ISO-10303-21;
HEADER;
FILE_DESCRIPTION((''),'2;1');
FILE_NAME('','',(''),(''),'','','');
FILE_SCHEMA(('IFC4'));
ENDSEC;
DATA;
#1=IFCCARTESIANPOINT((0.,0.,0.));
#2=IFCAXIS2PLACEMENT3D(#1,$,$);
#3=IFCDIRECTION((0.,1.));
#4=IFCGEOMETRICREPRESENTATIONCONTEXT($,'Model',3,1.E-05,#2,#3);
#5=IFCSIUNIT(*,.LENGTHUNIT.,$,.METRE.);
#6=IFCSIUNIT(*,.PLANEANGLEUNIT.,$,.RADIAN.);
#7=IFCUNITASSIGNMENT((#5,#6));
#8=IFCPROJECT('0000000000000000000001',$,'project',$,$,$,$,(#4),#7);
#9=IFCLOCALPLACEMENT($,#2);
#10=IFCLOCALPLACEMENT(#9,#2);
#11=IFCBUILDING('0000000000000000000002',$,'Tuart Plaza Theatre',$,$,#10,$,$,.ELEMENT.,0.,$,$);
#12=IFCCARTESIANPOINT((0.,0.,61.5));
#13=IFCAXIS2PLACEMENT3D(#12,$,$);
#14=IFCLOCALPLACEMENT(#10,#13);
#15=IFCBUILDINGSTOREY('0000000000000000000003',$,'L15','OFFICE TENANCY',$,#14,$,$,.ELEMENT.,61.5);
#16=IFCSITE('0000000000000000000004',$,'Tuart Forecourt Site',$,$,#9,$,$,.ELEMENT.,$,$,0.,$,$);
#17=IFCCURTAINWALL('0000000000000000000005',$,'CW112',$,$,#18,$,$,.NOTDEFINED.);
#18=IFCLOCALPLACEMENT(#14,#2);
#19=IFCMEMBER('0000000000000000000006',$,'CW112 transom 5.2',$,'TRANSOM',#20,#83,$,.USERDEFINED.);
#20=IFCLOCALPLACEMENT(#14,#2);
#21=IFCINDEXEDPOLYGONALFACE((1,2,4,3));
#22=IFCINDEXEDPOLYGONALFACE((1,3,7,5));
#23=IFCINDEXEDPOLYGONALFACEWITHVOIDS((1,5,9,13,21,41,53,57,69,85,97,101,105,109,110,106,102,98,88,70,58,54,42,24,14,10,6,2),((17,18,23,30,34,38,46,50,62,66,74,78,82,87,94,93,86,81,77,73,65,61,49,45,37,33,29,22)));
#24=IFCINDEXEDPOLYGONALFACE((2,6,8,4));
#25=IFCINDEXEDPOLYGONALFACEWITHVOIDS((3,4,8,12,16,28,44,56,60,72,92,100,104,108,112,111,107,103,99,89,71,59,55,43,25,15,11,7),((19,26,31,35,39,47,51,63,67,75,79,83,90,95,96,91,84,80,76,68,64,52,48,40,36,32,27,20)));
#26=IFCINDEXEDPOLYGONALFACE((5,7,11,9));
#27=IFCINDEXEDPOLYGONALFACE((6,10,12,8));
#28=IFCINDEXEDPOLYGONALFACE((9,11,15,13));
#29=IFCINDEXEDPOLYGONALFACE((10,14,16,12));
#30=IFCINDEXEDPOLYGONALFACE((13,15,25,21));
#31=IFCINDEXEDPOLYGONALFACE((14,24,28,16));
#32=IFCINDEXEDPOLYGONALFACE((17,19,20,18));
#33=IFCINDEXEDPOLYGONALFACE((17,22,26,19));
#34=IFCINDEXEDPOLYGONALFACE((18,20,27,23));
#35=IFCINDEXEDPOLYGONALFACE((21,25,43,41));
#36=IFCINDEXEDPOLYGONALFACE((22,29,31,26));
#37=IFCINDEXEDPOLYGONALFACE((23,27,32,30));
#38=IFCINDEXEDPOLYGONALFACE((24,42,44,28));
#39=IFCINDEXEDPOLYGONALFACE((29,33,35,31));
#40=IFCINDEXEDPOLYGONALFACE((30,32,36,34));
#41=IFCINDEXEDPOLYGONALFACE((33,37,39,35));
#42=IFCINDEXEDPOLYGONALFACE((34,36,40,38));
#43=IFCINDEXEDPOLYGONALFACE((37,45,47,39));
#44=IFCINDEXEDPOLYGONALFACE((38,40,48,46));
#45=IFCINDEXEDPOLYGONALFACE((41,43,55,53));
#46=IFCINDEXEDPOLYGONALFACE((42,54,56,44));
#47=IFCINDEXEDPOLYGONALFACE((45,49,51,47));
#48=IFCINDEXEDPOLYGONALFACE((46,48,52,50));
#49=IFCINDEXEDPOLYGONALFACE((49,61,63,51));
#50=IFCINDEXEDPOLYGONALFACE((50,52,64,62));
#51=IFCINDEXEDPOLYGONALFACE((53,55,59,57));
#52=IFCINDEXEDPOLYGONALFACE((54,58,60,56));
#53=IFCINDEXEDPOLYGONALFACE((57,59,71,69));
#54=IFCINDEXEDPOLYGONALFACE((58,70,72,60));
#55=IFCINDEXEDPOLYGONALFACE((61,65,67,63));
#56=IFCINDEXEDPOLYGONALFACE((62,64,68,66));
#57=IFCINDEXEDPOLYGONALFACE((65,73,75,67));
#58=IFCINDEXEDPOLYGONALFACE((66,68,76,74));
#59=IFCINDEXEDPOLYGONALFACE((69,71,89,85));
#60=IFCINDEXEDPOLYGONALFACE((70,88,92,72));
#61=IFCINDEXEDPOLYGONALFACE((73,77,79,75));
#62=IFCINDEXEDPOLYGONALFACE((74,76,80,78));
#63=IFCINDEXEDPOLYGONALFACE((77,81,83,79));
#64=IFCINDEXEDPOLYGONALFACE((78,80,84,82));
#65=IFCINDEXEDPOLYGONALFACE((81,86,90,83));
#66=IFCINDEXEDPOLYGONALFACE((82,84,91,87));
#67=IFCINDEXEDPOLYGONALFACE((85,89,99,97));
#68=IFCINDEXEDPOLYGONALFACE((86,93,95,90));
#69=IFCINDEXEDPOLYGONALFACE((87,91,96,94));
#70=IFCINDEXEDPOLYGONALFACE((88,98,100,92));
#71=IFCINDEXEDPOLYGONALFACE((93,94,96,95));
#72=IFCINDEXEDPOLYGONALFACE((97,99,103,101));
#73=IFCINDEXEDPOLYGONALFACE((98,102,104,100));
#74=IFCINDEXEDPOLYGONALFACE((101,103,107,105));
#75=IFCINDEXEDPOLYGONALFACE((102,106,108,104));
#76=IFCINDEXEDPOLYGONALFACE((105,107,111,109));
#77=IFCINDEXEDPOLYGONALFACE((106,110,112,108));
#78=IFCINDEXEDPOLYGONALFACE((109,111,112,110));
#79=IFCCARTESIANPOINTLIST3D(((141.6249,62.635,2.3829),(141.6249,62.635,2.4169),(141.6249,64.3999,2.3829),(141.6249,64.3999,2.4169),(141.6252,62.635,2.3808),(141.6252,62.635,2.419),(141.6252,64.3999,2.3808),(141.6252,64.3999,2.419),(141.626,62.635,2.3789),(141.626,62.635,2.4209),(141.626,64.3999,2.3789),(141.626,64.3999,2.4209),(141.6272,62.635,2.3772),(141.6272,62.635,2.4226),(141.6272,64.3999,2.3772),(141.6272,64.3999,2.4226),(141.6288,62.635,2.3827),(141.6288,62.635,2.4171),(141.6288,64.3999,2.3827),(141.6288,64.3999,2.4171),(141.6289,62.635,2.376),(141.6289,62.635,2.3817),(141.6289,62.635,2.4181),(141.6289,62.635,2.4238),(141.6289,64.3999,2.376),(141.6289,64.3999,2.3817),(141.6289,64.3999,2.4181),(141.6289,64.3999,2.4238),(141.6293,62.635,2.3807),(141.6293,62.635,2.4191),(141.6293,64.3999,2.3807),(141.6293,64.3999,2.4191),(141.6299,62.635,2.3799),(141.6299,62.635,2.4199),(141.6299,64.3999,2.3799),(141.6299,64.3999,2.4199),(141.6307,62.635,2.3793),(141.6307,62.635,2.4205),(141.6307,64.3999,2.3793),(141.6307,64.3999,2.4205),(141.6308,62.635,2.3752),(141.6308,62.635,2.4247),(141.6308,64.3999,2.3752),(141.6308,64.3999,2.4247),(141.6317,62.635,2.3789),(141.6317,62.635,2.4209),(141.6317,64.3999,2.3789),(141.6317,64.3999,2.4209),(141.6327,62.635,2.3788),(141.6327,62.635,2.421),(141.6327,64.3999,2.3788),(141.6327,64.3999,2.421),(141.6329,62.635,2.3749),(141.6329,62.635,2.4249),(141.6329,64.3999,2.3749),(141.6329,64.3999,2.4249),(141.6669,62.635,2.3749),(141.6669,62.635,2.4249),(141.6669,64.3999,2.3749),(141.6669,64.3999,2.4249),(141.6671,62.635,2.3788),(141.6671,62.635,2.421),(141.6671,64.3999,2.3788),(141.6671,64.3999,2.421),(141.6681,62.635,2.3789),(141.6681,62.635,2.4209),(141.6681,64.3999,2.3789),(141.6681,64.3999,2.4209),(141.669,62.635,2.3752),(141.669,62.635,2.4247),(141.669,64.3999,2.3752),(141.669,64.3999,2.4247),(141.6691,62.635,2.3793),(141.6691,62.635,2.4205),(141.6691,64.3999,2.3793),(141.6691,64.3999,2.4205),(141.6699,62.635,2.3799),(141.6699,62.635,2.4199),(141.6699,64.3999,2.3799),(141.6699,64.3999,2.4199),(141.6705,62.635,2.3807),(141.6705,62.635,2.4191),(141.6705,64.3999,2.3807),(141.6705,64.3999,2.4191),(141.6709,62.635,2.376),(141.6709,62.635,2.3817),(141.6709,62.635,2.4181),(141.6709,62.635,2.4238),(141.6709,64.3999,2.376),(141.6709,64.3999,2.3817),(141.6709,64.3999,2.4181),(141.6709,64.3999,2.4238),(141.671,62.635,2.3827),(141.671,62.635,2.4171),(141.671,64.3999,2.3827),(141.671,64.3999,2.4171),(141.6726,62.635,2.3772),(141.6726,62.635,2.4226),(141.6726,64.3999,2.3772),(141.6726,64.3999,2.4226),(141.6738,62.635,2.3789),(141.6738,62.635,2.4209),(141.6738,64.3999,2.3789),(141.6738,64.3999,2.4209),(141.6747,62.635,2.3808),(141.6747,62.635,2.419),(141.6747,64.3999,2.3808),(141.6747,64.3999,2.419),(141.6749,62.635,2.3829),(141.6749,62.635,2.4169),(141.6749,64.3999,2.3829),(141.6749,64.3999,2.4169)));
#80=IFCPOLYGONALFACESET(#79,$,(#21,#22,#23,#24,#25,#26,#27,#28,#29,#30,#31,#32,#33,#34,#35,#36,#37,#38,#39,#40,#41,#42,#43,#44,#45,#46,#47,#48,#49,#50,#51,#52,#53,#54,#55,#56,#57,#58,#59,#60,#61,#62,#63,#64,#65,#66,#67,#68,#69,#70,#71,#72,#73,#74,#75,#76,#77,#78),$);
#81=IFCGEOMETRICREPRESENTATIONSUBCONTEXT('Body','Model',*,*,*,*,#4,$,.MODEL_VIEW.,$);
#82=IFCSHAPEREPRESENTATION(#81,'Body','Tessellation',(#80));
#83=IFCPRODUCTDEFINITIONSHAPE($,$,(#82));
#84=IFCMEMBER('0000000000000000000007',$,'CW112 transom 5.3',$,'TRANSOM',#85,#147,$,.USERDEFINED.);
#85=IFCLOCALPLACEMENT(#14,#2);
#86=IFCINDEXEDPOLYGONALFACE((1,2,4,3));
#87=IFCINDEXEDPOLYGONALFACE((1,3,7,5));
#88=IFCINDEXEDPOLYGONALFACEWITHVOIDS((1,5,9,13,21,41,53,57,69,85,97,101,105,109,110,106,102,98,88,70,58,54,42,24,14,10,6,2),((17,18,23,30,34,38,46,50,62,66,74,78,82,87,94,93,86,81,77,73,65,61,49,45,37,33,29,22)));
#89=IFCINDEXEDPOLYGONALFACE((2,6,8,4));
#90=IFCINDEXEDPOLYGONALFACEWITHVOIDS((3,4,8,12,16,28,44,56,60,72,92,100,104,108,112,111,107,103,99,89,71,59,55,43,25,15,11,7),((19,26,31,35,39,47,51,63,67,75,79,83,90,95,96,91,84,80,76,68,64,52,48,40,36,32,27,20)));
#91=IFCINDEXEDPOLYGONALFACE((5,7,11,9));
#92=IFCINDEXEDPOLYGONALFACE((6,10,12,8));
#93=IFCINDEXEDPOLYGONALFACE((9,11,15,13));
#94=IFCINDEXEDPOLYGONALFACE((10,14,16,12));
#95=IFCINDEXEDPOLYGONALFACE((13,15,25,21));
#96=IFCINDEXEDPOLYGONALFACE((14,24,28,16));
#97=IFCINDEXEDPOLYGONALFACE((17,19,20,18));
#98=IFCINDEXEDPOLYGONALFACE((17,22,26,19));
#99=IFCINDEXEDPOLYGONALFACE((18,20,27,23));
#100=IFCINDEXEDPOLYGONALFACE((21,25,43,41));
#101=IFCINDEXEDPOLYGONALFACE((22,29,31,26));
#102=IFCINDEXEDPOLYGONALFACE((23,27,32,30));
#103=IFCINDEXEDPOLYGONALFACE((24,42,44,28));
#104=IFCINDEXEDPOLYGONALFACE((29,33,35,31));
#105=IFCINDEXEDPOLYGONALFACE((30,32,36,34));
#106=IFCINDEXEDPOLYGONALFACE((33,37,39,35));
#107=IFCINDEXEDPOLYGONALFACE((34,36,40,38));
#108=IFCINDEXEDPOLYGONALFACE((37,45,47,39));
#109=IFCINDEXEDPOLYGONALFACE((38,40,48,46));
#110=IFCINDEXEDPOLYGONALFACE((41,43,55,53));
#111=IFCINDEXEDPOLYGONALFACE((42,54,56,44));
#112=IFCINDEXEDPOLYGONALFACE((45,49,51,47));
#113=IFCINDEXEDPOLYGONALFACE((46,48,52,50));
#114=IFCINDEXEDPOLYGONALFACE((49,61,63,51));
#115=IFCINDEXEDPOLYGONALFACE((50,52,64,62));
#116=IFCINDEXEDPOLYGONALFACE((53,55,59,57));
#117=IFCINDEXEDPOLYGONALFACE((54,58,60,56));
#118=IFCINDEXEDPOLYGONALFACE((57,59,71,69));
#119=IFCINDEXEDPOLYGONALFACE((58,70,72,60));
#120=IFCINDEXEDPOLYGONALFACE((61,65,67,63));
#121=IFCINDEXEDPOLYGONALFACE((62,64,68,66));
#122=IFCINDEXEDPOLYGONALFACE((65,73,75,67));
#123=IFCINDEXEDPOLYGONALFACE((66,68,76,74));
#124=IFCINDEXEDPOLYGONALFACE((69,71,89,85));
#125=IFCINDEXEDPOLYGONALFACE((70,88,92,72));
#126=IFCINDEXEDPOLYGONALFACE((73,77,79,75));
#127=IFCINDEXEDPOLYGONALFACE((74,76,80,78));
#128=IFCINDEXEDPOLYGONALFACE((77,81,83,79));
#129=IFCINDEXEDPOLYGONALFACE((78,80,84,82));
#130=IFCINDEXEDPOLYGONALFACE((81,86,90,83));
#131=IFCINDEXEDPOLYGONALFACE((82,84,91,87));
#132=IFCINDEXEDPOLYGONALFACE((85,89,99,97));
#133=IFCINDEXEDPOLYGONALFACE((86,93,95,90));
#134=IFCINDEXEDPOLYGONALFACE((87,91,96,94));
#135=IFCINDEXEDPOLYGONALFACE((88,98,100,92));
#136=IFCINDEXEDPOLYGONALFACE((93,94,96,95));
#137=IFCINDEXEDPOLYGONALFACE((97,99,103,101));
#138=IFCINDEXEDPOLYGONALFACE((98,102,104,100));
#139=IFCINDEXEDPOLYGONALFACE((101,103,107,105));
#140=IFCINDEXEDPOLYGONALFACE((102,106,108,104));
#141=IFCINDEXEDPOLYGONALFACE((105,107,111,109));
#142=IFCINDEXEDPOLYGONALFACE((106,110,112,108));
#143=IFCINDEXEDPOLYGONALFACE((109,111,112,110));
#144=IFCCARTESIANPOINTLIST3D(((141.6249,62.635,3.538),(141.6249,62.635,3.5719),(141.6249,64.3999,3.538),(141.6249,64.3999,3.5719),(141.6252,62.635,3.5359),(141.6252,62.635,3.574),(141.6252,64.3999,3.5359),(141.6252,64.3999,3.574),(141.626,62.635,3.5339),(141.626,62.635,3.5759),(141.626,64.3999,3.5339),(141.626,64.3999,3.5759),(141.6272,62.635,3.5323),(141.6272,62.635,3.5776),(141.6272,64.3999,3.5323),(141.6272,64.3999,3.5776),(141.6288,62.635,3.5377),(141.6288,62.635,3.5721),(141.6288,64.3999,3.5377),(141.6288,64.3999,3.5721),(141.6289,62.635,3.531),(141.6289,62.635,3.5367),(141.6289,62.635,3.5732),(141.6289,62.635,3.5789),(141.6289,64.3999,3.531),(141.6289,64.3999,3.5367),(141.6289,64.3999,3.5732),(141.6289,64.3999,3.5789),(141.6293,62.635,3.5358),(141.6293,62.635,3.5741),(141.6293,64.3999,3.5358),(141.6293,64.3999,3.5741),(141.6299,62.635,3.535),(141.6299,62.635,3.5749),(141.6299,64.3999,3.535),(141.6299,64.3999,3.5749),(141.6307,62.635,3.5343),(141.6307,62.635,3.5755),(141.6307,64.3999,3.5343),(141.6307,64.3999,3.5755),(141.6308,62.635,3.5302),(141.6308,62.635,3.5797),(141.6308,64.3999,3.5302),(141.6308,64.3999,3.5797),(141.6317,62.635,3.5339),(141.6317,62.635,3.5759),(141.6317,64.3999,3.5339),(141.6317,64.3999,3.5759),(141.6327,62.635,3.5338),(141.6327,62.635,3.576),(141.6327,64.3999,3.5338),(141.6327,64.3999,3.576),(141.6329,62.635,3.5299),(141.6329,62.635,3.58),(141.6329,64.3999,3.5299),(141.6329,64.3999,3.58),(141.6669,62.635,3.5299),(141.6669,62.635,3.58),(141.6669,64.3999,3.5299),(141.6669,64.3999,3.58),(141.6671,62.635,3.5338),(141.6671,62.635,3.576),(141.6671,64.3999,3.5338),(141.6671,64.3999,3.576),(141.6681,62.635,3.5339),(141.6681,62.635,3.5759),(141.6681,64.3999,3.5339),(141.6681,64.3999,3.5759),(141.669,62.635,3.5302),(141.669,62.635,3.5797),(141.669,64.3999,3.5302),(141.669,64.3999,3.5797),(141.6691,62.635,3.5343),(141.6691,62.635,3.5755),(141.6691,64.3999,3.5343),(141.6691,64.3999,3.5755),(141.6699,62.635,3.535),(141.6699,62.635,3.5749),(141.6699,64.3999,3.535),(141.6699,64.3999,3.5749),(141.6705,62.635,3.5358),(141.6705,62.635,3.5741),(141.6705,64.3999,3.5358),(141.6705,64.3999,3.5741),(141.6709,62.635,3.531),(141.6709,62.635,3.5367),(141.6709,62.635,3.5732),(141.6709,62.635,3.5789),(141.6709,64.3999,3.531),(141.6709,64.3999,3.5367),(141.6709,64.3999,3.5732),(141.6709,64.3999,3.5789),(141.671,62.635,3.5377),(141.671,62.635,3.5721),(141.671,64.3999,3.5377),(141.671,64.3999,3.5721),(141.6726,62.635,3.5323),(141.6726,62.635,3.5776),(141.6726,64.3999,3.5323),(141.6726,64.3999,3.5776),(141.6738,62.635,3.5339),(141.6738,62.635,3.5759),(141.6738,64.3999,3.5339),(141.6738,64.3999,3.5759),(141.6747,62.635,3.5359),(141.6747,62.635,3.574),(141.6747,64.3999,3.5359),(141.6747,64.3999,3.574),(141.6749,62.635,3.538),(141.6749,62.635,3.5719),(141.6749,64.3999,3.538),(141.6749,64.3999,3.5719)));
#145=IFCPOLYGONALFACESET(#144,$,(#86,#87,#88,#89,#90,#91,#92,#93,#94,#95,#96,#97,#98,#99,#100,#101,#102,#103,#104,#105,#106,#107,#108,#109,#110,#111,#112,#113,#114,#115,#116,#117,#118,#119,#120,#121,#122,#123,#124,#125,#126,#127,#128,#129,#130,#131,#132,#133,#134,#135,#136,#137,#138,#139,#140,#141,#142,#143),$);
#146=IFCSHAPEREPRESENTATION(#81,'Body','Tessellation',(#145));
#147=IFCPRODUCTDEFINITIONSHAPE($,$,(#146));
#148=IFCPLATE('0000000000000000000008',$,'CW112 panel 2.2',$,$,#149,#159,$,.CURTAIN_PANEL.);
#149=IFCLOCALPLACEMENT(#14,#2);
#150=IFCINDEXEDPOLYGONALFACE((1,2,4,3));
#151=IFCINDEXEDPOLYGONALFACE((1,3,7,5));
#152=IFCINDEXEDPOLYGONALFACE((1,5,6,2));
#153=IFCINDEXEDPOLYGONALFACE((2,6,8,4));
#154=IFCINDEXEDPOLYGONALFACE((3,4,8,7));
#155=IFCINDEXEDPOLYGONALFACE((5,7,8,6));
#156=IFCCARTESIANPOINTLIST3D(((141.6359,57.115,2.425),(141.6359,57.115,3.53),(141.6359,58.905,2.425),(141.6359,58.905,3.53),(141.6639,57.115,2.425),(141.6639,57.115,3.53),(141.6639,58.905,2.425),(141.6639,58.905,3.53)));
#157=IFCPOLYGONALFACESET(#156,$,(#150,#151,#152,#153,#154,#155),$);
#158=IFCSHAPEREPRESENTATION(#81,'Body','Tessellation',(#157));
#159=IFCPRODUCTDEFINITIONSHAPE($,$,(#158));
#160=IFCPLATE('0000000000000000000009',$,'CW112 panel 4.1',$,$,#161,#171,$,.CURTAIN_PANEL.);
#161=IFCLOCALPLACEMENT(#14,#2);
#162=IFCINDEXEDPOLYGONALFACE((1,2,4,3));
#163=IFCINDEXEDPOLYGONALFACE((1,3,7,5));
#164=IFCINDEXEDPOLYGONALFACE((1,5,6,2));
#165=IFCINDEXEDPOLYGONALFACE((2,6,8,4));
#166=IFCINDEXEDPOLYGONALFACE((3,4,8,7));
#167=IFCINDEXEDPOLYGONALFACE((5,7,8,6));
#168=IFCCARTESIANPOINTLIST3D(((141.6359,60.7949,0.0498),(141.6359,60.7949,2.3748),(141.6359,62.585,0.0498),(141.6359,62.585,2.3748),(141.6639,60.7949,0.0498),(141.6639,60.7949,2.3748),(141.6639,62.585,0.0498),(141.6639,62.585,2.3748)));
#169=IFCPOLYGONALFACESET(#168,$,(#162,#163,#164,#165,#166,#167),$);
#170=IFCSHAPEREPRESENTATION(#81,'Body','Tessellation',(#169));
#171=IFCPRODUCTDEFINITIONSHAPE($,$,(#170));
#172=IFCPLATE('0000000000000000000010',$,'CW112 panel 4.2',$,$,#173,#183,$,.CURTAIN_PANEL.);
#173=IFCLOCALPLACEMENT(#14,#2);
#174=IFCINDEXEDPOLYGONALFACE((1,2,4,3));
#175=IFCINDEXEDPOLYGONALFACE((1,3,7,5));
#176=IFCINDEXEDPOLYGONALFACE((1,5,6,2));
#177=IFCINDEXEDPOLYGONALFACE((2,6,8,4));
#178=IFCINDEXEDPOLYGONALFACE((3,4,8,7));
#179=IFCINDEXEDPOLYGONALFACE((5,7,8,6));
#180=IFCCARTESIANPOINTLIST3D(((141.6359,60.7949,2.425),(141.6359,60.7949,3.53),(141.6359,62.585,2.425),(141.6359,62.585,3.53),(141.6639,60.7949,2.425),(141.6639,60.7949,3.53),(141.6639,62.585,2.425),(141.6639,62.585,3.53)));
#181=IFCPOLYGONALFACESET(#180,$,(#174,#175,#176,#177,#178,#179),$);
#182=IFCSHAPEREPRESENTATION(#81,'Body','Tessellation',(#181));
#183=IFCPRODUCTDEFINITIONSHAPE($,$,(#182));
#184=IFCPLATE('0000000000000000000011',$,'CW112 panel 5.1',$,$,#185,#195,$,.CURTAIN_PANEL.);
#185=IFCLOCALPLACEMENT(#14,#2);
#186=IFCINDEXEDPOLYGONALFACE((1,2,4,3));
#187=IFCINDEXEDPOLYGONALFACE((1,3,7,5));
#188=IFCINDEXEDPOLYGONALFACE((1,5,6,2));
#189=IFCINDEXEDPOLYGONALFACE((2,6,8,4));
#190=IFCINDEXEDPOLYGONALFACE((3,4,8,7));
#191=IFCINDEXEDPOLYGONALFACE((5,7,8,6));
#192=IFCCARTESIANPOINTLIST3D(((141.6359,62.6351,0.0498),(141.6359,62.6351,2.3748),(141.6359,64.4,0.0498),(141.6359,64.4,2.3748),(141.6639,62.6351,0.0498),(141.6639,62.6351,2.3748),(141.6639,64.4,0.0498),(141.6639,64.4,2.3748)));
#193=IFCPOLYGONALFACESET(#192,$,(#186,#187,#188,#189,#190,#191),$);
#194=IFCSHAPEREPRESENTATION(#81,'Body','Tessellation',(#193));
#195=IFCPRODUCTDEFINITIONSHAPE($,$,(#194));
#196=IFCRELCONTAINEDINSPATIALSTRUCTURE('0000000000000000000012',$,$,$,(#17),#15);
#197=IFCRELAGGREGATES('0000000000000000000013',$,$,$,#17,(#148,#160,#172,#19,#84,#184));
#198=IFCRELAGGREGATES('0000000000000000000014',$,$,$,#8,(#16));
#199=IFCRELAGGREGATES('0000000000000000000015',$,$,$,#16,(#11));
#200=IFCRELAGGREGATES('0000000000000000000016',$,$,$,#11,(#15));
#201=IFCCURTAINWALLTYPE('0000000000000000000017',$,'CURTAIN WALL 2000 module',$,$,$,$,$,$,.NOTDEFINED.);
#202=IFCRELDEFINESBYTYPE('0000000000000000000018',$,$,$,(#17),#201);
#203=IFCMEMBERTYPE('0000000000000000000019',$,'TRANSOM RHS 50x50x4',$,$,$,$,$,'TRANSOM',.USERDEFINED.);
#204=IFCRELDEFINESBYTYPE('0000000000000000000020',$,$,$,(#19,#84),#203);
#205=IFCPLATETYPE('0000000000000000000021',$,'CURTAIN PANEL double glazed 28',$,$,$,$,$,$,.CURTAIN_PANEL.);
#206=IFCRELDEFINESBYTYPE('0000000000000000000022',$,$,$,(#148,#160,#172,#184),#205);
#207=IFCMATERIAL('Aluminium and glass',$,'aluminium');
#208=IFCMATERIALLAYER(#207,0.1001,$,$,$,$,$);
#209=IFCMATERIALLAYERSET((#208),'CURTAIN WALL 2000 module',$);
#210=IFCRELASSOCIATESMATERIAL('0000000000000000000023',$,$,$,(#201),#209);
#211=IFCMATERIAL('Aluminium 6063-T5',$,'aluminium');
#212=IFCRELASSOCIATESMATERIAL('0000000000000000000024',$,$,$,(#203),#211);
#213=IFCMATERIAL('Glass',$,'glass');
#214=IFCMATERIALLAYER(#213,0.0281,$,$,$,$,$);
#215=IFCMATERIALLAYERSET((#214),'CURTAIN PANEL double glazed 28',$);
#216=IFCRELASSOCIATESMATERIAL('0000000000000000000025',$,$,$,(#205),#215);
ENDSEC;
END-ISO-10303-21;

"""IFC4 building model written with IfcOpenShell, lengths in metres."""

from ifc_helpers import new_model, si_unit, direction, frame, origin, origin_2d, place, context, subcontext, project, spatial, rectangle, hollow_rectangle, extrude, material, layer, layer_set, material_profile, profile_set, type_object, element, aggregate, save


model = new_model("IFC4")

# Units and contexts
model_context = context("Model", 3, precision=1e-05, world=origin(), true_north=direction((0.0, 1.0)))
body_context = subcontext(model_context, "Body", "Model", "MODEL_VIEW")
ifc_project = project(units=[si_unit("LENGTHUNIT", "METRE"), si_unit("PLANEANGLEUNIT", "RADIAN")], contexts=[model_context])

# Site, building, storey
site_placement = place(None, origin())
site = spatial("IfcSite", under=ifc_project, at=site_placement, Name="Tuart Forecourt Site", CompositionType="ELEMENT", RefElevation=0.0)
building_placement = place(site_placement, origin())
building = spatial("IfcBuilding", under=site, at=building_placement, Name="Tuart Plaza Theatre", CompositionType="ELEMENT", ElevationOfRefHeight=0.0)
storey_placement = place(building_placement, frame((0.0, 0.0, 61.5)))
storey = spatial("IfcBuildingStorey", under=building, at=storey_placement, Name="L15", Description="OFFICE TENANCY", CompositionType="ELEMENT", Elevation=61.5)

# Curtain wall, members, plates
ifc_material_1 = material(Name="Aluminium and glass", Category="aluminium")
ifc_layer_1 = layer(ifc_material_1, 0.1001)
ifc_layer_set_1 = layer_set([ifc_layer_1], Name="CURTAIN WALL 2000 module")
curtain_wall_type = type_object("IfcCurtainWallType", Name="CURTAIN WALL 2000 module", PredefinedType="NOTDEFINED", material=ifc_layer_set_1)
curtain_wall_placement = place(storey_placement, origin())
curtain_wall = element("IfcCurtainWall", 1, at=curtain_wall_placement, inside=storey, type_object=curtain_wall_type, Name="CW112", PredefinedType="NOTDEFINED")
ifc_material_2 = material(Name="Aluminium 6063-T5", Category="aluminium")
ifc_material_profile_1 = material_profile(ifc_material_2, hollow_rectangle(XDim=0.05, YDim=0.05, WallThickness=0.0039, InnerFilletRadius=0.0039, OuterFilletRadius=0.0081, at=origin_2d()), Name="RHS 50x50x4")
ifc_profile_set_1 = profile_set([ifc_material_profile_1], Name="Aluminium 6063-T5")
member_type_1 = type_object("IfcMemberType", Name="TRANSOM RHS 50x50x4", ElementType="TRANSOM", PredefinedType="USERDEFINED", material=ifc_profile_set_1)
member_1_placement = place(storey_placement, frame((141.6499, 62.635, 2.3999), z_axis=(0.0, 1.0, 0.0), x_axis=(-1.0, 0.0, 0.0)))
member_1 = element("IfcMember", 2, at=member_1_placement, type_object=member_type_1, Name="CW112 transom 5.2", ObjectType="TRANSOM", PredefinedType="USERDEFINED", context=body_context, shape_type="SweptSolid", body=[
    extrude(hollow_rectangle(XDim=0.05, YDim=0.05, WallThickness=0.0039, InnerFilletRadius=0.0039, OuterFilletRadius=0.0081, at=origin_2d()), origin(), (0.0, 0.0, 1.0), 1.7649),
])
member_2_placement = place(storey_placement, frame((141.6499, 62.635, 3.5549), z_axis=(0.0, 1.0, 0.0), x_axis=(-1.0, 0.0, 0.0)))
member_2 = element("IfcMember", 3, at=member_2_placement, type_object=member_type_1, Name="CW112 transom 5.3", ObjectType="TRANSOM", PredefinedType="USERDEFINED", context=body_context, shape_type="SweptSolid", body=[
    extrude(hollow_rectangle(XDim=0.05, YDim=0.05, WallThickness=0.0039, InnerFilletRadius=0.0039, OuterFilletRadius=0.0081, at=origin_2d()), origin(), (0.0, 0.0, 1.0), 1.7649),
])
ifc_material_3 = material(Name="Glass", Category="glass")
ifc_layer_2 = layer(ifc_material_3, 0.0281)
ifc_layer_set_2 = layer_set([ifc_layer_2], Name="CURTAIN PANEL double glazed 28")
plate_type_1 = type_object("IfcPlateType", Name="CURTAIN PANEL double glazed 28", PredefinedType="CURTAIN_PANEL", material=ifc_layer_set_2)
plate_1_placement = place(storey_placement, frame((141.6499, 58.01, 2.425), z_axis=(0.0, 0.0, 1.0), x_axis=(0.0, 1.0, 0.0)))
plate_1 = element("IfcPlate", 4, at=plate_1_placement, type_object=plate_type_1, Name="CW112 panel 2.2", PredefinedType="CURTAIN_PANEL", context=body_context, shape_type="SweptSolid", body=[
    extrude(rectangle(XDim=1.79, YDim=0.0281, at=origin_2d()), origin(), (0.0, 0.0, 1.0), 1.105),
])
plate_2_placement = place(storey_placement, frame((141.6499, 61.6899, 0.0498), z_axis=(0.0, 0.0, 1.0), x_axis=(0.0, 1.0, 0.0)))
plate_2 = element("IfcPlate", 5, at=plate_2_placement, type_object=plate_type_1, Name="CW112 panel 4.1", PredefinedType="CURTAIN_PANEL", context=body_context, shape_type="SweptSolid", body=[
    extrude(rectangle(XDim=1.79, YDim=0.0281, at=origin_2d()), origin(), (0.0, 0.0, 1.0), 2.325),
])
plate_3_placement = place(storey_placement, frame((141.6499, 61.6899, 2.425), z_axis=(0.0, 0.0, 1.0), x_axis=(0.0, 1.0, 0.0)))
plate_3 = element("IfcPlate", 6, at=plate_3_placement, type_object=plate_type_1, Name="CW112 panel 4.2", PredefinedType="CURTAIN_PANEL", context=body_context, shape_type="SweptSolid", body=[
    extrude(rectangle(XDim=1.79, YDim=0.0281, at=origin_2d()), origin(), (0.0, 0.0, 1.0), 1.105),
])
plate_4_placement = place(storey_placement, frame((141.6499, 63.5176, 0.0498), z_axis=(0.0, 0.0, 1.0), x_axis=(0.0, 1.0, 0.0)))
plate_4 = element("IfcPlate", 7, at=plate_4_placement, type_object=plate_type_1, Name="CW112 panel 5.1", PredefinedType="CURTAIN_PANEL", context=body_context, shape_type="SweptSolid", body=[
    extrude(rectangle(XDim=1.7649, YDim=0.0281, at=origin_2d()), origin(), (0.0, 0.0, 1.0), 2.325),
])
aggregate(curtain_wall, [plate_1, plate_2, plate_3, member_1, member_2, plate_4])

save(model, "model.ifc")
